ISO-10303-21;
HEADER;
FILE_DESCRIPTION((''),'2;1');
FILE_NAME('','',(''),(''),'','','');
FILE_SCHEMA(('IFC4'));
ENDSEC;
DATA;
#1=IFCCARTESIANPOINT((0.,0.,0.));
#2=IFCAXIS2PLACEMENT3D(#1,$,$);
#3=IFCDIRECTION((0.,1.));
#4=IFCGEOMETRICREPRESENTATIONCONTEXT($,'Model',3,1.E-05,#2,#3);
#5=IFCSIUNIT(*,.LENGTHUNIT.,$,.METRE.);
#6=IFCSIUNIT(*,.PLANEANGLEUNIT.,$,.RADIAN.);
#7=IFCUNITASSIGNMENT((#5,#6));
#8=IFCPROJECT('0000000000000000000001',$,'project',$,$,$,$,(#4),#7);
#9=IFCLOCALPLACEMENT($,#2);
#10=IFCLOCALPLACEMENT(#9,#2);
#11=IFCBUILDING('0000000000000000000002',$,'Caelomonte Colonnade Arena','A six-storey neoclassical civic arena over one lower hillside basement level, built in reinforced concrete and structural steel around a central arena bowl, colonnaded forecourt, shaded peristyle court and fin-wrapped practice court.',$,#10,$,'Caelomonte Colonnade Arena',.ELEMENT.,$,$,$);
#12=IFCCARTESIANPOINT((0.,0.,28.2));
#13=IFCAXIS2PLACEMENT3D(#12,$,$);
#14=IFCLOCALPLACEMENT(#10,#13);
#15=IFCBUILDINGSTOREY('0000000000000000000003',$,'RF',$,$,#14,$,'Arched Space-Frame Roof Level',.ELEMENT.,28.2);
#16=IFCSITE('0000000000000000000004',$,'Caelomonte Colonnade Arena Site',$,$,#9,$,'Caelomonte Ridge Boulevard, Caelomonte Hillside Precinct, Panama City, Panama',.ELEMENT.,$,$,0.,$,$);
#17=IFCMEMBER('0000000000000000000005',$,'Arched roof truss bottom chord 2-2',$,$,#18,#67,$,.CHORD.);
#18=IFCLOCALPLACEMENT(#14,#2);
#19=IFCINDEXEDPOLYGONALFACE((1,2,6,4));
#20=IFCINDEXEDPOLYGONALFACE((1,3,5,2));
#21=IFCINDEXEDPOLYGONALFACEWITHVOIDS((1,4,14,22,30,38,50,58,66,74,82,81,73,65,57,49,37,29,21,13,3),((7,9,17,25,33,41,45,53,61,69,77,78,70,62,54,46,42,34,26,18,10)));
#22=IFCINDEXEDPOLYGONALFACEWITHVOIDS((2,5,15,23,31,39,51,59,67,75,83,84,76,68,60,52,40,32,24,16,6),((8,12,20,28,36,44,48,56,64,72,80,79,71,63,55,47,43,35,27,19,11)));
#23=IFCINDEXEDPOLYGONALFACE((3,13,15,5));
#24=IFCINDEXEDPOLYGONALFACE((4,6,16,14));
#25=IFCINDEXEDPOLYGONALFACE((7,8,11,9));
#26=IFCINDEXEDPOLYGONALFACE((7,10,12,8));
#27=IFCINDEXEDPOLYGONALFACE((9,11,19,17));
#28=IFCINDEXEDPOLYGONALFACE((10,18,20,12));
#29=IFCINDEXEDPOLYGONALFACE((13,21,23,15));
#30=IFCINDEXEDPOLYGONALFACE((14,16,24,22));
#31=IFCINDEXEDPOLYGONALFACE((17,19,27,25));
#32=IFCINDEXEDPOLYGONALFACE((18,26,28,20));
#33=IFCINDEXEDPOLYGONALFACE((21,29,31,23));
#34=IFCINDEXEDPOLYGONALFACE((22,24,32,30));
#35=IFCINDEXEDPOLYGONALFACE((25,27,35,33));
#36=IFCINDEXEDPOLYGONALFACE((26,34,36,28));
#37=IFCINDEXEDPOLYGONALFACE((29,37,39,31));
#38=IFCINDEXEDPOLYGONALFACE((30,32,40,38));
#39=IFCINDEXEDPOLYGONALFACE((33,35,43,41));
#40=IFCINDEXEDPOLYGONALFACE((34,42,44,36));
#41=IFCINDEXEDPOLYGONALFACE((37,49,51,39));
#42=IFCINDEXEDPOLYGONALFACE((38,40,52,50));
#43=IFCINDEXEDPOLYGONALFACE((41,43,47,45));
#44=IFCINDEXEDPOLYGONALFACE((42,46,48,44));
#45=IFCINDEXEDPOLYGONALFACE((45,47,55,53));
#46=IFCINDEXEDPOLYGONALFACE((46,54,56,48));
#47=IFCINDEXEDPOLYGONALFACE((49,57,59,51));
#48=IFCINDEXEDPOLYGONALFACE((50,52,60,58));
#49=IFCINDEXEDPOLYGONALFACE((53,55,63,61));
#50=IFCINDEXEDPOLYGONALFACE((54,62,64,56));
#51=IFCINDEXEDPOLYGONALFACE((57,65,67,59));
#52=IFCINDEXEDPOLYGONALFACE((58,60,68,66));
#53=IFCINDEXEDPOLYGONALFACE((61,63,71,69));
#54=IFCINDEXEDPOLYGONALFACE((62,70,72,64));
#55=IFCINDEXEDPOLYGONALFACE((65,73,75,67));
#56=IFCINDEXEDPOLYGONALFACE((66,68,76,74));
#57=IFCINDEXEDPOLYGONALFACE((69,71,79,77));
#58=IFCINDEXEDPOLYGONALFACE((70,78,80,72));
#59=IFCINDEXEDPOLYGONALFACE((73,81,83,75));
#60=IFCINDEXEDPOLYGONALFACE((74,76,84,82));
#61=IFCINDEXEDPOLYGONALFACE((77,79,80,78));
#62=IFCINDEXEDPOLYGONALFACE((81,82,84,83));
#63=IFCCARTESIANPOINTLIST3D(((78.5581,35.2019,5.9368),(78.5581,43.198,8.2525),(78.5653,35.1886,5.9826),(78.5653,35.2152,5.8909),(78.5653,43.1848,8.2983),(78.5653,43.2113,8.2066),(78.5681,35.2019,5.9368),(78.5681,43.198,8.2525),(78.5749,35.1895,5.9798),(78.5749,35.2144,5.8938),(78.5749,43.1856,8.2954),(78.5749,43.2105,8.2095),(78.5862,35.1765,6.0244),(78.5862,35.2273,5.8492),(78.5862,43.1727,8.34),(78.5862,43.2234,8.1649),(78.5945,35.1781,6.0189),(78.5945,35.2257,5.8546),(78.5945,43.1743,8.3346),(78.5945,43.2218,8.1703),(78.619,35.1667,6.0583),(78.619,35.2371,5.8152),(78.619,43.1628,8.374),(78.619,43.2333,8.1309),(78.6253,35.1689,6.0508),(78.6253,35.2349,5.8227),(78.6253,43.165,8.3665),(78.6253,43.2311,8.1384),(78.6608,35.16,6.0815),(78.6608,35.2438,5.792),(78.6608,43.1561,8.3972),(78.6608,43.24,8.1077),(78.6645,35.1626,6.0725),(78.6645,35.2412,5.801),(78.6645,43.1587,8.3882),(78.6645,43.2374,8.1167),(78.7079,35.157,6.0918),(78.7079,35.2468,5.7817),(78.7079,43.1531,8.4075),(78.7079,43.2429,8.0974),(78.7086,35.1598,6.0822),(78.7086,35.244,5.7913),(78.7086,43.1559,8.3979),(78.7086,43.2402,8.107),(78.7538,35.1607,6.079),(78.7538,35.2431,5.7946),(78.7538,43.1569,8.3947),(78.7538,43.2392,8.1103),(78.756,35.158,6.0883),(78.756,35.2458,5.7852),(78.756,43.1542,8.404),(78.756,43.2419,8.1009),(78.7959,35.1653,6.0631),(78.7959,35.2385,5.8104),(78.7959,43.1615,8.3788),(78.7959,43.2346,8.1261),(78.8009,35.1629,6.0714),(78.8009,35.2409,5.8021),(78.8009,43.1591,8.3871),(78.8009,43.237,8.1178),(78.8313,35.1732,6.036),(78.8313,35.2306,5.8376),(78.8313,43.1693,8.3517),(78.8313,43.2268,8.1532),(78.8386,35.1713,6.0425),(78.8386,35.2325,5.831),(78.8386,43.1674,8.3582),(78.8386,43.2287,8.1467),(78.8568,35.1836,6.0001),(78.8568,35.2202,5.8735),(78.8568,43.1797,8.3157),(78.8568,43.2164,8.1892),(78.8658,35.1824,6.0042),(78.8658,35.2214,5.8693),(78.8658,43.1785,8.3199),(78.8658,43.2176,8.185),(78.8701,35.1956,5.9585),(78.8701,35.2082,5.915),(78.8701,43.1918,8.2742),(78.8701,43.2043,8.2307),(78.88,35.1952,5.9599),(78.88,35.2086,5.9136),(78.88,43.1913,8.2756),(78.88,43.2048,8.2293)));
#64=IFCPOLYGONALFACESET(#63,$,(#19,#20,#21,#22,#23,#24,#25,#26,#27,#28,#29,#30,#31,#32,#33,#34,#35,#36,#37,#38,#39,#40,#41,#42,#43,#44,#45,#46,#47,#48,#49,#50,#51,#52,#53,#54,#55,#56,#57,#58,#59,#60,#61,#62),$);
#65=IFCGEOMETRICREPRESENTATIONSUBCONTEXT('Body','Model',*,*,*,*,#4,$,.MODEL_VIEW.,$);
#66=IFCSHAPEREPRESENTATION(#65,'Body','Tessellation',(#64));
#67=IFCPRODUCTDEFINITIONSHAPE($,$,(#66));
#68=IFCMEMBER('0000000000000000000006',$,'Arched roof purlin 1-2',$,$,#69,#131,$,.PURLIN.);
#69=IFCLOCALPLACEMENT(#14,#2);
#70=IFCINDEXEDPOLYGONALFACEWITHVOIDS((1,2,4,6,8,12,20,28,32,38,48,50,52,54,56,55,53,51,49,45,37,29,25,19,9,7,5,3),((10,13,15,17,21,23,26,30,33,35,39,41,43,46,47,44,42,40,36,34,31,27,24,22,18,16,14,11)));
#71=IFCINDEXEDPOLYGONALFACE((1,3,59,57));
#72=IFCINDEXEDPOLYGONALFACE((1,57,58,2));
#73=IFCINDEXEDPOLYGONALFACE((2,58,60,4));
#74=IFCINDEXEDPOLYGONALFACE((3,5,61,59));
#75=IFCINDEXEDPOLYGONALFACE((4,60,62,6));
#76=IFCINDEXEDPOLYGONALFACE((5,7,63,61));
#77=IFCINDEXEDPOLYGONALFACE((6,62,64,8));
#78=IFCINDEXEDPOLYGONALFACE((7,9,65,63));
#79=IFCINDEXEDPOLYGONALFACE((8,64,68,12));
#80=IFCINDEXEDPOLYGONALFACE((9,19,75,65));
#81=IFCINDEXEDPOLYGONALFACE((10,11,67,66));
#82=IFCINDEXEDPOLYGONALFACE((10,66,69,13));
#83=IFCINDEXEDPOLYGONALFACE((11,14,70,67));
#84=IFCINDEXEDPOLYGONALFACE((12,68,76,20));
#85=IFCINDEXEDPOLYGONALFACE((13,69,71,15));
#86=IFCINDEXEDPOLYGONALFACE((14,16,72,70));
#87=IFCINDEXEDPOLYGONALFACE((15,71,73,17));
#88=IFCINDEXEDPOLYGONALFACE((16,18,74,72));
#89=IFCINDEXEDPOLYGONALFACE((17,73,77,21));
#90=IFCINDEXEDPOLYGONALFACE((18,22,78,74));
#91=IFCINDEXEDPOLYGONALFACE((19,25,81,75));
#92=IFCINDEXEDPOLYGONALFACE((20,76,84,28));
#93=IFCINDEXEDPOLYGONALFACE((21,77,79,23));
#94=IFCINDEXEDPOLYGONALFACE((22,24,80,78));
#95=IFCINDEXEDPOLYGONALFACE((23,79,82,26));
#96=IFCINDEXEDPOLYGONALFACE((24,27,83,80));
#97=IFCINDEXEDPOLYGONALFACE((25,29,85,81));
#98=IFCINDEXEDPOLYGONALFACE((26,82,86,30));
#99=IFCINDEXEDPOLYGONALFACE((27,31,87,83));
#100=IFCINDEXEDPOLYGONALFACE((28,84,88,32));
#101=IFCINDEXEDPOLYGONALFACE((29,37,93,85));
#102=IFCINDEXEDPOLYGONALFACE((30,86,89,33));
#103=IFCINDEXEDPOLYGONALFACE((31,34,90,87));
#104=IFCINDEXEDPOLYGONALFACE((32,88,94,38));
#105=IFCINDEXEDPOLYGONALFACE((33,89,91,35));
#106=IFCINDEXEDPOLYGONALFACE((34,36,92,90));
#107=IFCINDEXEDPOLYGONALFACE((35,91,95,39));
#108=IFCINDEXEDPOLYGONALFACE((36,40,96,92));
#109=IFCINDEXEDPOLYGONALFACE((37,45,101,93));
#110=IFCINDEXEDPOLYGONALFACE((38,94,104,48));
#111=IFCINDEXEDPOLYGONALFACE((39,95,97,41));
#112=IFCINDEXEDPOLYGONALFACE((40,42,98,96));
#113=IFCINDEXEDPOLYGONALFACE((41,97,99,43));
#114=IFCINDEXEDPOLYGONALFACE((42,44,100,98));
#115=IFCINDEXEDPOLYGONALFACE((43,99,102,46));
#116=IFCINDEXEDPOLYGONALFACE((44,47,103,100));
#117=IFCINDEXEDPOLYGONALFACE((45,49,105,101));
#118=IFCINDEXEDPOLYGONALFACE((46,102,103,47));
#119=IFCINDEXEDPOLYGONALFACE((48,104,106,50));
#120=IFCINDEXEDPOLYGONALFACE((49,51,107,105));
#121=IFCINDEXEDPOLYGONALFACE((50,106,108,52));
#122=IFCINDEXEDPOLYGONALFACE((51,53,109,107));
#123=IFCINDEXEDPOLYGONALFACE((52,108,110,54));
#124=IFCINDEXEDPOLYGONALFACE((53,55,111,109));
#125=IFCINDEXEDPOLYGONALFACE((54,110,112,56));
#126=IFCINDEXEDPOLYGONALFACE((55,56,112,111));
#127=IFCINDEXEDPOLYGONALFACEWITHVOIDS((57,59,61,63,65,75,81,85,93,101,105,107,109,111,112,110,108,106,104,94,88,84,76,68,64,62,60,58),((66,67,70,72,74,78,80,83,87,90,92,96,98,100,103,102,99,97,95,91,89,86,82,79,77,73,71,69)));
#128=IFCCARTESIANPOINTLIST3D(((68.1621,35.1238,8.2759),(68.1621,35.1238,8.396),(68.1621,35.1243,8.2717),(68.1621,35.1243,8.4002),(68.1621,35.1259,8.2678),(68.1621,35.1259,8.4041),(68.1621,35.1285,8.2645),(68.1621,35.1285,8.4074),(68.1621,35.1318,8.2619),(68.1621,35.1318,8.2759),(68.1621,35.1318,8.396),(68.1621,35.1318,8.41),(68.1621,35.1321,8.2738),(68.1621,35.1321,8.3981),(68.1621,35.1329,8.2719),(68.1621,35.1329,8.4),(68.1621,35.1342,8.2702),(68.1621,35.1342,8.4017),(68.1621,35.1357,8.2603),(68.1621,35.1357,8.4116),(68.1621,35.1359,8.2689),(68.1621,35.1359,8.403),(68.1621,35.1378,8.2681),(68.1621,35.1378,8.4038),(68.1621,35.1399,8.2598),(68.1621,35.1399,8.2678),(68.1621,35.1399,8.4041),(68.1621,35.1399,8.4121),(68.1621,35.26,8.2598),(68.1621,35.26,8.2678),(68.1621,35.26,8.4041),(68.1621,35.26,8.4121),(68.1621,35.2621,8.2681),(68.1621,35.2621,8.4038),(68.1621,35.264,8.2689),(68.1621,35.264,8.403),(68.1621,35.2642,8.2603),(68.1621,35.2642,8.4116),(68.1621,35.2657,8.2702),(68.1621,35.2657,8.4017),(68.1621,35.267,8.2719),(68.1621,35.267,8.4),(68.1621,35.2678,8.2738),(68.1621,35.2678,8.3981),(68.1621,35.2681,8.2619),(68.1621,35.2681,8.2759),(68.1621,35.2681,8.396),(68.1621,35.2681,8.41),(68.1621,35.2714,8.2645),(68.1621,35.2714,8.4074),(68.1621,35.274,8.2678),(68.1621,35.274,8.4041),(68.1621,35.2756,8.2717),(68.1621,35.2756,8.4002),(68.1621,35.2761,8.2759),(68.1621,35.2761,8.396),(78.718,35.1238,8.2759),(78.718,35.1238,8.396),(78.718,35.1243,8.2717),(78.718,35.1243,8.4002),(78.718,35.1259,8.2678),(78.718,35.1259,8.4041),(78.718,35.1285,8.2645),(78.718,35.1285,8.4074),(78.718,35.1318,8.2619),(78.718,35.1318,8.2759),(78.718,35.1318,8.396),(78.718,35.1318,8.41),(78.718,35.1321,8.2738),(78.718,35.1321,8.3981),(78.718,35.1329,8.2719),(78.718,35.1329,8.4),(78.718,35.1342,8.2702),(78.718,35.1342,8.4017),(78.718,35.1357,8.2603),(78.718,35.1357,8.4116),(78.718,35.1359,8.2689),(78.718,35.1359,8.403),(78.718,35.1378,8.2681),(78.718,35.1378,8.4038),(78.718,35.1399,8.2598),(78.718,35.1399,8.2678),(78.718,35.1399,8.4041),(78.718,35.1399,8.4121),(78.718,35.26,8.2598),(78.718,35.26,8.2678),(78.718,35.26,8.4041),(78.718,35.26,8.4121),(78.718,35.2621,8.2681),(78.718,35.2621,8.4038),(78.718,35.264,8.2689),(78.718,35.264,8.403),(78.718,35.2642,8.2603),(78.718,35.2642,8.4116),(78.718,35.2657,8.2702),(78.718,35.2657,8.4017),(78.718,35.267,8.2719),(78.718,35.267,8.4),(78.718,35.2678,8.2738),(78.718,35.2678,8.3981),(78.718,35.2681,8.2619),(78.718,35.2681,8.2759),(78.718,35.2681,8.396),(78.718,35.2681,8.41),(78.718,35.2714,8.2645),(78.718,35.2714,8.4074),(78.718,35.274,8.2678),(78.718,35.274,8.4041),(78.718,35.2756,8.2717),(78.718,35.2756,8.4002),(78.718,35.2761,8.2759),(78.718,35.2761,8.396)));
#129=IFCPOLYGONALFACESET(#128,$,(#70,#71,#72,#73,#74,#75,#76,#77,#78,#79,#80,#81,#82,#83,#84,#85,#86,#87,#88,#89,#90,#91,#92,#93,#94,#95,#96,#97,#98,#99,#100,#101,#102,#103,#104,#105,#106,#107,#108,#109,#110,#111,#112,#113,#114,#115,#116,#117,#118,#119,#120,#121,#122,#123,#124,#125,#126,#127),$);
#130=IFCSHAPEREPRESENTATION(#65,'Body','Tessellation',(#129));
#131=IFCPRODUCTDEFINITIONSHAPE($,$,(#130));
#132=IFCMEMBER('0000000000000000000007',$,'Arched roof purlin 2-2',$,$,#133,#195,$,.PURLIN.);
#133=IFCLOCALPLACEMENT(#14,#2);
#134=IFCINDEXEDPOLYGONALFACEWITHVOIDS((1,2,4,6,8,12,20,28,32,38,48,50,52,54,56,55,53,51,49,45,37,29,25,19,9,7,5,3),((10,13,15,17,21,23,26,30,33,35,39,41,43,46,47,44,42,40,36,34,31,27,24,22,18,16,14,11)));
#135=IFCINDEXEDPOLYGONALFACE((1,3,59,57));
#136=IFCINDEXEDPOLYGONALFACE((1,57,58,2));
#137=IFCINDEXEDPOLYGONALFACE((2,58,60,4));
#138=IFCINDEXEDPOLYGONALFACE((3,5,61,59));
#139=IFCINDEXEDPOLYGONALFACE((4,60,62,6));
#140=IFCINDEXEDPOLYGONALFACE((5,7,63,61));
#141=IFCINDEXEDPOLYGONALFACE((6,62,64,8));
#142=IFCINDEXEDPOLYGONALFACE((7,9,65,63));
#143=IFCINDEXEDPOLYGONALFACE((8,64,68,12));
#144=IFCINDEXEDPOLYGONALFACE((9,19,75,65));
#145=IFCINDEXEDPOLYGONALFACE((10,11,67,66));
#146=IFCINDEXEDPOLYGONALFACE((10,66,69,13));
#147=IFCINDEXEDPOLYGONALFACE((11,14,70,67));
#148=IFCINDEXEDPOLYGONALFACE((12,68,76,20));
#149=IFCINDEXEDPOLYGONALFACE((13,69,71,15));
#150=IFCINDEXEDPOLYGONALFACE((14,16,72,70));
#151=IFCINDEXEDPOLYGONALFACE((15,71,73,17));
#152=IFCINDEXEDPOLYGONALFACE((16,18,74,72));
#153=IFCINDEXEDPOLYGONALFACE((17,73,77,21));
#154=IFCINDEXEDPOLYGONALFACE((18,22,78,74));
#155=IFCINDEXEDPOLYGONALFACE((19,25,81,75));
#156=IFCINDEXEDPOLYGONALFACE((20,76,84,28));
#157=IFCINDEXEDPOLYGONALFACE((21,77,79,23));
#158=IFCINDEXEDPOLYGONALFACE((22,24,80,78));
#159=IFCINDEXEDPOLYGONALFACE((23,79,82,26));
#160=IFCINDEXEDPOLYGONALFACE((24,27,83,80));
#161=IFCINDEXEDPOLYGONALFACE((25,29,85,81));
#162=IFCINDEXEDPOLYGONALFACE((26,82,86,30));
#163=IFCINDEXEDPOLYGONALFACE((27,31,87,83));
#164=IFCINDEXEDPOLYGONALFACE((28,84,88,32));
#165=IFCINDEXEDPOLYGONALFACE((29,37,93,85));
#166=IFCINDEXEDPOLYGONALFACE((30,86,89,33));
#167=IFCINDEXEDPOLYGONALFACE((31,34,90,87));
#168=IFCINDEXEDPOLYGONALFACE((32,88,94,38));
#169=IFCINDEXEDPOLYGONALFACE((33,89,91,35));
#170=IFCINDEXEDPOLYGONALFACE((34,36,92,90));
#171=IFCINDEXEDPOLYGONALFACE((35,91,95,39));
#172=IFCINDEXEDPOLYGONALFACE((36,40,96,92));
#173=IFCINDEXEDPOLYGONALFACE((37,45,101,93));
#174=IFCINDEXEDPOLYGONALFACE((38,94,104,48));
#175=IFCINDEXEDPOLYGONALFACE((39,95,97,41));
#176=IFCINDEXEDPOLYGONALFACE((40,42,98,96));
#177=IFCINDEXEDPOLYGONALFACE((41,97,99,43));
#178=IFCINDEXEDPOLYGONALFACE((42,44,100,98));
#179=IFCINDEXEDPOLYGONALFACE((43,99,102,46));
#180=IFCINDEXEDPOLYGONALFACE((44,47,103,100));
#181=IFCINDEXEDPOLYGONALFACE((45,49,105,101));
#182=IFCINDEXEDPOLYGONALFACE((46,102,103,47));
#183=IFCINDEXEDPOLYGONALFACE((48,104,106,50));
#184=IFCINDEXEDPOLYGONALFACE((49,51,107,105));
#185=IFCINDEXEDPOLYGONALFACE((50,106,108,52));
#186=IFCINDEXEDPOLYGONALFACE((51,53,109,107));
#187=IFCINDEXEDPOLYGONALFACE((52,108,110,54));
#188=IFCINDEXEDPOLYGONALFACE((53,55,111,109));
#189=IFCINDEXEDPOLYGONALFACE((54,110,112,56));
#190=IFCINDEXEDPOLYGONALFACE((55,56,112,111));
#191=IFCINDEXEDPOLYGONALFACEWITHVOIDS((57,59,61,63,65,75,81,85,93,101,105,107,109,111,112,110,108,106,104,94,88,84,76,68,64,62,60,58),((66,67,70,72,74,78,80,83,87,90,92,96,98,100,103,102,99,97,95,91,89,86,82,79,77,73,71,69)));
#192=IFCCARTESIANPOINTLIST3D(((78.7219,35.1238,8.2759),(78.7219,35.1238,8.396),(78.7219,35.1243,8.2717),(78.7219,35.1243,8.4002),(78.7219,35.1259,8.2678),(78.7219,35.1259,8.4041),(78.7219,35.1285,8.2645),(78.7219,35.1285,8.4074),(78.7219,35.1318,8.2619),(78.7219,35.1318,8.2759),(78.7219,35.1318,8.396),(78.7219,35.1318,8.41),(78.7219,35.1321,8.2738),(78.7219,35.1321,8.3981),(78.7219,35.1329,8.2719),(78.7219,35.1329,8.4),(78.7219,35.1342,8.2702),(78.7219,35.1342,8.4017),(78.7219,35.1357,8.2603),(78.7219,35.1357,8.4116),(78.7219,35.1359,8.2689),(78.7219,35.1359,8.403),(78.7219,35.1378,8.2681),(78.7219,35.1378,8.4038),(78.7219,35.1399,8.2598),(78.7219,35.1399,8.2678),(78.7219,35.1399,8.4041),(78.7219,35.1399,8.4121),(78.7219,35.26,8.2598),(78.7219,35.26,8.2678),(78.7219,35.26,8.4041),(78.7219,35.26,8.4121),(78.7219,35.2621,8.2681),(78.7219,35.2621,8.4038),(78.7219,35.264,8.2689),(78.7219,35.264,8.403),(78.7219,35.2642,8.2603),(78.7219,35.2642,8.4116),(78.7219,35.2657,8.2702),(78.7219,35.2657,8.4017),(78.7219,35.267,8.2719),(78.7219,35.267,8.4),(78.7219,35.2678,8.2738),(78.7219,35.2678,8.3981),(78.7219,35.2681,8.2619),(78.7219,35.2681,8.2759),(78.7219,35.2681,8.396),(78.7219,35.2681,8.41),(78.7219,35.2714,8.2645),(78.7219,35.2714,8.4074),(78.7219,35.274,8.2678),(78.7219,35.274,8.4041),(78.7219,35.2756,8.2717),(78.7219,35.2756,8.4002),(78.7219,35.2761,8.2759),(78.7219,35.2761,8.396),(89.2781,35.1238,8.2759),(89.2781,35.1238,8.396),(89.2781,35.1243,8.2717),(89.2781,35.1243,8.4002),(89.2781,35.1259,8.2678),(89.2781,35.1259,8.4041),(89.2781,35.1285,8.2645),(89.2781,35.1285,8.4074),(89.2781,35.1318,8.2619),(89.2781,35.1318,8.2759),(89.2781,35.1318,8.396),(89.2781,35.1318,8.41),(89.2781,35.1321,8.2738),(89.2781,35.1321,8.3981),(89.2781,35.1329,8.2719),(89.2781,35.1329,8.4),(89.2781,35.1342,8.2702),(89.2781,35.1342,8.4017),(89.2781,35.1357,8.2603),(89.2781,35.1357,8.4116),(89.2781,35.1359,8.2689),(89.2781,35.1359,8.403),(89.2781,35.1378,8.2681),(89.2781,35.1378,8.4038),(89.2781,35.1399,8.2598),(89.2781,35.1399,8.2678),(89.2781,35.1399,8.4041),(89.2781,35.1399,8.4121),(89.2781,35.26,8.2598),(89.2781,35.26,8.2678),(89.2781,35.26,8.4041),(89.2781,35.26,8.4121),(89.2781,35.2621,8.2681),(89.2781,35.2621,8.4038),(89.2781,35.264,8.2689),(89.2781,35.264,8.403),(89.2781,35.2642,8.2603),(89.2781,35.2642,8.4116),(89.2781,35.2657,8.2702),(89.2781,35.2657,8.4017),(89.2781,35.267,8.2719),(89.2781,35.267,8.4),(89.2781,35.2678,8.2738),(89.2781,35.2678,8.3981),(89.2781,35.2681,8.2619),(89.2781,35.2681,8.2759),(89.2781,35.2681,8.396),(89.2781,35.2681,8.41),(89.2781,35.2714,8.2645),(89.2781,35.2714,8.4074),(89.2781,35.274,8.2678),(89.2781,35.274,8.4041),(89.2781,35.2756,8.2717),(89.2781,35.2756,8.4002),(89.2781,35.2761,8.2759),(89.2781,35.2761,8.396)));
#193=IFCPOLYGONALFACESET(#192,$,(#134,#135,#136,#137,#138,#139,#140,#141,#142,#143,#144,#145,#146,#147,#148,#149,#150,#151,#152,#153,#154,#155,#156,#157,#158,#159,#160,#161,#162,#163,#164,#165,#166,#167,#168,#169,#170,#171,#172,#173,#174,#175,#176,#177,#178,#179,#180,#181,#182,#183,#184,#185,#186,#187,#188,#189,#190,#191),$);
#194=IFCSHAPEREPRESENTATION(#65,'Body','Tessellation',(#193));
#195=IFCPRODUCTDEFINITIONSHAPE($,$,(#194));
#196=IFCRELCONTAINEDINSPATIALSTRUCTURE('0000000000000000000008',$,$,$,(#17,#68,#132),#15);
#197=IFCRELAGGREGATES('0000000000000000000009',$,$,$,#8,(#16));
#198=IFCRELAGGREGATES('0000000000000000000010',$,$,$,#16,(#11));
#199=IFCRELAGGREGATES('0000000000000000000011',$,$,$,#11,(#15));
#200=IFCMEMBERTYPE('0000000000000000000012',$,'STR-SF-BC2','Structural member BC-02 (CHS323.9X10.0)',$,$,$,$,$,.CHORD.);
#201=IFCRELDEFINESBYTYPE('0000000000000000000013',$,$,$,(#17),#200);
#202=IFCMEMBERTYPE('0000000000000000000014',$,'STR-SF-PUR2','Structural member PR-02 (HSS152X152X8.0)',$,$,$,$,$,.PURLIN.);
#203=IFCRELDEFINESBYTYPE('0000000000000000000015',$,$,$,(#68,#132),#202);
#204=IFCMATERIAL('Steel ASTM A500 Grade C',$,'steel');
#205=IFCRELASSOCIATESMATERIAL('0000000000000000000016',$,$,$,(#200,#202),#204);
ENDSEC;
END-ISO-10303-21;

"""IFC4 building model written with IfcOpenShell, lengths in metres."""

from ifc_helpers import new_model, si_unit, direction, frame, origin, origin_2d, place, context, subcontext, project, spatial, hollow_rectangle, hollow_circle, extrude, material, material_profile, profile_set, type_object, element, save


model = new_model("IFC4")

# Units and contexts
model_context = context("Model", 3, precision=1e-05, world=origin(), true_north=direction((0.0, 1.0)))
body_context = subcontext(model_context, "Body", "Model", "MODEL_VIEW")
ifc_project = project(units=[si_unit("LENGTHUNIT", "METRE"), si_unit("PLANEANGLEUNIT", "RADIAN")], contexts=[model_context])

# Site, building, storey
site_placement = place(None, origin())
site = spatial("IfcSite", under=ifc_project, at=site_placement, Name="Caelomonte Colonnade Arena Site", LongName="Caelomonte Ridge Boulevard, Caelomonte Hillside Precinct, Panama City, Panama", CompositionType="ELEMENT", RefElevation=0.0)
building_placement = place(site_placement, origin())
building = spatial("IfcBuilding", under=site, at=building_placement, Name="Caelomonte Colonnade Arena", Description="A six-storey neoclassical civic arena over one lower hillside basement level, built in reinforced concrete and structural steel around a central arena bowl, colonnaded forecourt, shaded peristyle court and fin-wrapped practice court.", LongName="Caelomonte Colonnade Arena", CompositionType="ELEMENT")
storey_placement = place(building_placement, frame((0.0, 0.0, 28.2)))
storey = spatial("IfcBuildingStorey", under=building, at=storey_placement, Name="RF", LongName="Arched Space-Frame Roof Level", CompositionType="ELEMENT", Elevation=28.2)

# Members
ifc_material_1 = material(Name="Steel ASTM A500 Grade C", Category="steel")
ifc_material_profile_1 = material_profile(ifc_material_1, hollow_circle(Radius=0.1619, WallThickness=0.01, at=origin_2d()), Name="CHS323.9X10.0")
ifc_profile_set_1 = profile_set([ifc_material_profile_1], Name="Steel ASTM A500 Grade C")
member_type_1 = type_object("IfcMemberType", Name="STR-SF-BC2", Description="Structural member BC-02 (CHS323.9X10.0)", PredefinedType="CHORD", material=ifc_profile_set_1)
for number, where, z_axis, x_axis, name in (
    (1, (78.72, 35.2019, 5.9368), (0.0, 0.960532, 0.278171), (-1.0, 0.0, 0.0), "Arched roof truss bottom chord 2-2"),
):
    element("IfcMember", number, at=place(storey_placement, frame(where, z_axis=z_axis, x_axis=x_axis)), inside=storey, type_object=member_type_1, Name=name, PredefinedType="CHORD", context=body_context, shape_type="SweptSolid", body=[
        extrude(hollow_circle(Radius=0.1619, WallThickness=0.01, at=origin_2d()), origin(), (0.0, 0.0, 1.0), 8.3247),
    ])
ifc_material_profile_2 = material_profile(ifc_material_1, hollow_rectangle(XDim=0.1523, YDim=0.1523, WallThickness=0.0081, InnerFilletRadius=0.0081, OuterFilletRadius=0.0161, at=origin_2d()), Name="HSS152X152X8.0")
ifc_profile_set_2 = profile_set([ifc_material_profile_2], Name="Steel ASTM A500 Grade C")
member_type_2 = type_object("IfcMemberType", Name="STR-SF-PUR2", Description="Structural member PR-02 (HSS152X152X8.0)", PredefinedType="PURLIN", material=ifc_profile_set_2)
member_1_placement = place(storey_placement, frame((68.1621, 35.2, 8.3359), z_axis=(1.0, 0.0, 0.0), x_axis=(0.0, 1.0, 0.0)))
element("IfcMember", 2, at=member_1_placement, inside=storey, type_object=member_type_2, Name="Arched roof purlin 1-2", PredefinedType="PURLIN", context=body_context, shape_type="SweptSolid", body=[
    extrude(hollow_rectangle(XDim=0.1523, YDim=0.1523, WallThickness=0.0081, InnerFilletRadius=0.0081, OuterFilletRadius=0.0161, at=origin_2d()), origin(), (0.0, 0.0, 1.0), 10.5559),
])
member_2_placement = place(storey_placement, frame((78.7219, 35.2, 8.3359), z_axis=(1.0, 0.0, 0.0), x_axis=(0.0, 1.0, 0.0)))
element("IfcMember", 3, at=member_2_placement, inside=storey, type_object=member_type_2, Name="Arched roof purlin 2-2", PredefinedType="PURLIN", context=body_context, shape_type="SweptSolid", body=[
    extrude(hollow_rectangle(XDim=0.1523, YDim=0.1523, WallThickness=0.0081, InnerFilletRadius=0.0081, OuterFilletRadius=0.0161, at=origin_2d()), origin(), (0.0, 0.0, 1.0), 10.5562),
])

save(model, "model.ifc")
